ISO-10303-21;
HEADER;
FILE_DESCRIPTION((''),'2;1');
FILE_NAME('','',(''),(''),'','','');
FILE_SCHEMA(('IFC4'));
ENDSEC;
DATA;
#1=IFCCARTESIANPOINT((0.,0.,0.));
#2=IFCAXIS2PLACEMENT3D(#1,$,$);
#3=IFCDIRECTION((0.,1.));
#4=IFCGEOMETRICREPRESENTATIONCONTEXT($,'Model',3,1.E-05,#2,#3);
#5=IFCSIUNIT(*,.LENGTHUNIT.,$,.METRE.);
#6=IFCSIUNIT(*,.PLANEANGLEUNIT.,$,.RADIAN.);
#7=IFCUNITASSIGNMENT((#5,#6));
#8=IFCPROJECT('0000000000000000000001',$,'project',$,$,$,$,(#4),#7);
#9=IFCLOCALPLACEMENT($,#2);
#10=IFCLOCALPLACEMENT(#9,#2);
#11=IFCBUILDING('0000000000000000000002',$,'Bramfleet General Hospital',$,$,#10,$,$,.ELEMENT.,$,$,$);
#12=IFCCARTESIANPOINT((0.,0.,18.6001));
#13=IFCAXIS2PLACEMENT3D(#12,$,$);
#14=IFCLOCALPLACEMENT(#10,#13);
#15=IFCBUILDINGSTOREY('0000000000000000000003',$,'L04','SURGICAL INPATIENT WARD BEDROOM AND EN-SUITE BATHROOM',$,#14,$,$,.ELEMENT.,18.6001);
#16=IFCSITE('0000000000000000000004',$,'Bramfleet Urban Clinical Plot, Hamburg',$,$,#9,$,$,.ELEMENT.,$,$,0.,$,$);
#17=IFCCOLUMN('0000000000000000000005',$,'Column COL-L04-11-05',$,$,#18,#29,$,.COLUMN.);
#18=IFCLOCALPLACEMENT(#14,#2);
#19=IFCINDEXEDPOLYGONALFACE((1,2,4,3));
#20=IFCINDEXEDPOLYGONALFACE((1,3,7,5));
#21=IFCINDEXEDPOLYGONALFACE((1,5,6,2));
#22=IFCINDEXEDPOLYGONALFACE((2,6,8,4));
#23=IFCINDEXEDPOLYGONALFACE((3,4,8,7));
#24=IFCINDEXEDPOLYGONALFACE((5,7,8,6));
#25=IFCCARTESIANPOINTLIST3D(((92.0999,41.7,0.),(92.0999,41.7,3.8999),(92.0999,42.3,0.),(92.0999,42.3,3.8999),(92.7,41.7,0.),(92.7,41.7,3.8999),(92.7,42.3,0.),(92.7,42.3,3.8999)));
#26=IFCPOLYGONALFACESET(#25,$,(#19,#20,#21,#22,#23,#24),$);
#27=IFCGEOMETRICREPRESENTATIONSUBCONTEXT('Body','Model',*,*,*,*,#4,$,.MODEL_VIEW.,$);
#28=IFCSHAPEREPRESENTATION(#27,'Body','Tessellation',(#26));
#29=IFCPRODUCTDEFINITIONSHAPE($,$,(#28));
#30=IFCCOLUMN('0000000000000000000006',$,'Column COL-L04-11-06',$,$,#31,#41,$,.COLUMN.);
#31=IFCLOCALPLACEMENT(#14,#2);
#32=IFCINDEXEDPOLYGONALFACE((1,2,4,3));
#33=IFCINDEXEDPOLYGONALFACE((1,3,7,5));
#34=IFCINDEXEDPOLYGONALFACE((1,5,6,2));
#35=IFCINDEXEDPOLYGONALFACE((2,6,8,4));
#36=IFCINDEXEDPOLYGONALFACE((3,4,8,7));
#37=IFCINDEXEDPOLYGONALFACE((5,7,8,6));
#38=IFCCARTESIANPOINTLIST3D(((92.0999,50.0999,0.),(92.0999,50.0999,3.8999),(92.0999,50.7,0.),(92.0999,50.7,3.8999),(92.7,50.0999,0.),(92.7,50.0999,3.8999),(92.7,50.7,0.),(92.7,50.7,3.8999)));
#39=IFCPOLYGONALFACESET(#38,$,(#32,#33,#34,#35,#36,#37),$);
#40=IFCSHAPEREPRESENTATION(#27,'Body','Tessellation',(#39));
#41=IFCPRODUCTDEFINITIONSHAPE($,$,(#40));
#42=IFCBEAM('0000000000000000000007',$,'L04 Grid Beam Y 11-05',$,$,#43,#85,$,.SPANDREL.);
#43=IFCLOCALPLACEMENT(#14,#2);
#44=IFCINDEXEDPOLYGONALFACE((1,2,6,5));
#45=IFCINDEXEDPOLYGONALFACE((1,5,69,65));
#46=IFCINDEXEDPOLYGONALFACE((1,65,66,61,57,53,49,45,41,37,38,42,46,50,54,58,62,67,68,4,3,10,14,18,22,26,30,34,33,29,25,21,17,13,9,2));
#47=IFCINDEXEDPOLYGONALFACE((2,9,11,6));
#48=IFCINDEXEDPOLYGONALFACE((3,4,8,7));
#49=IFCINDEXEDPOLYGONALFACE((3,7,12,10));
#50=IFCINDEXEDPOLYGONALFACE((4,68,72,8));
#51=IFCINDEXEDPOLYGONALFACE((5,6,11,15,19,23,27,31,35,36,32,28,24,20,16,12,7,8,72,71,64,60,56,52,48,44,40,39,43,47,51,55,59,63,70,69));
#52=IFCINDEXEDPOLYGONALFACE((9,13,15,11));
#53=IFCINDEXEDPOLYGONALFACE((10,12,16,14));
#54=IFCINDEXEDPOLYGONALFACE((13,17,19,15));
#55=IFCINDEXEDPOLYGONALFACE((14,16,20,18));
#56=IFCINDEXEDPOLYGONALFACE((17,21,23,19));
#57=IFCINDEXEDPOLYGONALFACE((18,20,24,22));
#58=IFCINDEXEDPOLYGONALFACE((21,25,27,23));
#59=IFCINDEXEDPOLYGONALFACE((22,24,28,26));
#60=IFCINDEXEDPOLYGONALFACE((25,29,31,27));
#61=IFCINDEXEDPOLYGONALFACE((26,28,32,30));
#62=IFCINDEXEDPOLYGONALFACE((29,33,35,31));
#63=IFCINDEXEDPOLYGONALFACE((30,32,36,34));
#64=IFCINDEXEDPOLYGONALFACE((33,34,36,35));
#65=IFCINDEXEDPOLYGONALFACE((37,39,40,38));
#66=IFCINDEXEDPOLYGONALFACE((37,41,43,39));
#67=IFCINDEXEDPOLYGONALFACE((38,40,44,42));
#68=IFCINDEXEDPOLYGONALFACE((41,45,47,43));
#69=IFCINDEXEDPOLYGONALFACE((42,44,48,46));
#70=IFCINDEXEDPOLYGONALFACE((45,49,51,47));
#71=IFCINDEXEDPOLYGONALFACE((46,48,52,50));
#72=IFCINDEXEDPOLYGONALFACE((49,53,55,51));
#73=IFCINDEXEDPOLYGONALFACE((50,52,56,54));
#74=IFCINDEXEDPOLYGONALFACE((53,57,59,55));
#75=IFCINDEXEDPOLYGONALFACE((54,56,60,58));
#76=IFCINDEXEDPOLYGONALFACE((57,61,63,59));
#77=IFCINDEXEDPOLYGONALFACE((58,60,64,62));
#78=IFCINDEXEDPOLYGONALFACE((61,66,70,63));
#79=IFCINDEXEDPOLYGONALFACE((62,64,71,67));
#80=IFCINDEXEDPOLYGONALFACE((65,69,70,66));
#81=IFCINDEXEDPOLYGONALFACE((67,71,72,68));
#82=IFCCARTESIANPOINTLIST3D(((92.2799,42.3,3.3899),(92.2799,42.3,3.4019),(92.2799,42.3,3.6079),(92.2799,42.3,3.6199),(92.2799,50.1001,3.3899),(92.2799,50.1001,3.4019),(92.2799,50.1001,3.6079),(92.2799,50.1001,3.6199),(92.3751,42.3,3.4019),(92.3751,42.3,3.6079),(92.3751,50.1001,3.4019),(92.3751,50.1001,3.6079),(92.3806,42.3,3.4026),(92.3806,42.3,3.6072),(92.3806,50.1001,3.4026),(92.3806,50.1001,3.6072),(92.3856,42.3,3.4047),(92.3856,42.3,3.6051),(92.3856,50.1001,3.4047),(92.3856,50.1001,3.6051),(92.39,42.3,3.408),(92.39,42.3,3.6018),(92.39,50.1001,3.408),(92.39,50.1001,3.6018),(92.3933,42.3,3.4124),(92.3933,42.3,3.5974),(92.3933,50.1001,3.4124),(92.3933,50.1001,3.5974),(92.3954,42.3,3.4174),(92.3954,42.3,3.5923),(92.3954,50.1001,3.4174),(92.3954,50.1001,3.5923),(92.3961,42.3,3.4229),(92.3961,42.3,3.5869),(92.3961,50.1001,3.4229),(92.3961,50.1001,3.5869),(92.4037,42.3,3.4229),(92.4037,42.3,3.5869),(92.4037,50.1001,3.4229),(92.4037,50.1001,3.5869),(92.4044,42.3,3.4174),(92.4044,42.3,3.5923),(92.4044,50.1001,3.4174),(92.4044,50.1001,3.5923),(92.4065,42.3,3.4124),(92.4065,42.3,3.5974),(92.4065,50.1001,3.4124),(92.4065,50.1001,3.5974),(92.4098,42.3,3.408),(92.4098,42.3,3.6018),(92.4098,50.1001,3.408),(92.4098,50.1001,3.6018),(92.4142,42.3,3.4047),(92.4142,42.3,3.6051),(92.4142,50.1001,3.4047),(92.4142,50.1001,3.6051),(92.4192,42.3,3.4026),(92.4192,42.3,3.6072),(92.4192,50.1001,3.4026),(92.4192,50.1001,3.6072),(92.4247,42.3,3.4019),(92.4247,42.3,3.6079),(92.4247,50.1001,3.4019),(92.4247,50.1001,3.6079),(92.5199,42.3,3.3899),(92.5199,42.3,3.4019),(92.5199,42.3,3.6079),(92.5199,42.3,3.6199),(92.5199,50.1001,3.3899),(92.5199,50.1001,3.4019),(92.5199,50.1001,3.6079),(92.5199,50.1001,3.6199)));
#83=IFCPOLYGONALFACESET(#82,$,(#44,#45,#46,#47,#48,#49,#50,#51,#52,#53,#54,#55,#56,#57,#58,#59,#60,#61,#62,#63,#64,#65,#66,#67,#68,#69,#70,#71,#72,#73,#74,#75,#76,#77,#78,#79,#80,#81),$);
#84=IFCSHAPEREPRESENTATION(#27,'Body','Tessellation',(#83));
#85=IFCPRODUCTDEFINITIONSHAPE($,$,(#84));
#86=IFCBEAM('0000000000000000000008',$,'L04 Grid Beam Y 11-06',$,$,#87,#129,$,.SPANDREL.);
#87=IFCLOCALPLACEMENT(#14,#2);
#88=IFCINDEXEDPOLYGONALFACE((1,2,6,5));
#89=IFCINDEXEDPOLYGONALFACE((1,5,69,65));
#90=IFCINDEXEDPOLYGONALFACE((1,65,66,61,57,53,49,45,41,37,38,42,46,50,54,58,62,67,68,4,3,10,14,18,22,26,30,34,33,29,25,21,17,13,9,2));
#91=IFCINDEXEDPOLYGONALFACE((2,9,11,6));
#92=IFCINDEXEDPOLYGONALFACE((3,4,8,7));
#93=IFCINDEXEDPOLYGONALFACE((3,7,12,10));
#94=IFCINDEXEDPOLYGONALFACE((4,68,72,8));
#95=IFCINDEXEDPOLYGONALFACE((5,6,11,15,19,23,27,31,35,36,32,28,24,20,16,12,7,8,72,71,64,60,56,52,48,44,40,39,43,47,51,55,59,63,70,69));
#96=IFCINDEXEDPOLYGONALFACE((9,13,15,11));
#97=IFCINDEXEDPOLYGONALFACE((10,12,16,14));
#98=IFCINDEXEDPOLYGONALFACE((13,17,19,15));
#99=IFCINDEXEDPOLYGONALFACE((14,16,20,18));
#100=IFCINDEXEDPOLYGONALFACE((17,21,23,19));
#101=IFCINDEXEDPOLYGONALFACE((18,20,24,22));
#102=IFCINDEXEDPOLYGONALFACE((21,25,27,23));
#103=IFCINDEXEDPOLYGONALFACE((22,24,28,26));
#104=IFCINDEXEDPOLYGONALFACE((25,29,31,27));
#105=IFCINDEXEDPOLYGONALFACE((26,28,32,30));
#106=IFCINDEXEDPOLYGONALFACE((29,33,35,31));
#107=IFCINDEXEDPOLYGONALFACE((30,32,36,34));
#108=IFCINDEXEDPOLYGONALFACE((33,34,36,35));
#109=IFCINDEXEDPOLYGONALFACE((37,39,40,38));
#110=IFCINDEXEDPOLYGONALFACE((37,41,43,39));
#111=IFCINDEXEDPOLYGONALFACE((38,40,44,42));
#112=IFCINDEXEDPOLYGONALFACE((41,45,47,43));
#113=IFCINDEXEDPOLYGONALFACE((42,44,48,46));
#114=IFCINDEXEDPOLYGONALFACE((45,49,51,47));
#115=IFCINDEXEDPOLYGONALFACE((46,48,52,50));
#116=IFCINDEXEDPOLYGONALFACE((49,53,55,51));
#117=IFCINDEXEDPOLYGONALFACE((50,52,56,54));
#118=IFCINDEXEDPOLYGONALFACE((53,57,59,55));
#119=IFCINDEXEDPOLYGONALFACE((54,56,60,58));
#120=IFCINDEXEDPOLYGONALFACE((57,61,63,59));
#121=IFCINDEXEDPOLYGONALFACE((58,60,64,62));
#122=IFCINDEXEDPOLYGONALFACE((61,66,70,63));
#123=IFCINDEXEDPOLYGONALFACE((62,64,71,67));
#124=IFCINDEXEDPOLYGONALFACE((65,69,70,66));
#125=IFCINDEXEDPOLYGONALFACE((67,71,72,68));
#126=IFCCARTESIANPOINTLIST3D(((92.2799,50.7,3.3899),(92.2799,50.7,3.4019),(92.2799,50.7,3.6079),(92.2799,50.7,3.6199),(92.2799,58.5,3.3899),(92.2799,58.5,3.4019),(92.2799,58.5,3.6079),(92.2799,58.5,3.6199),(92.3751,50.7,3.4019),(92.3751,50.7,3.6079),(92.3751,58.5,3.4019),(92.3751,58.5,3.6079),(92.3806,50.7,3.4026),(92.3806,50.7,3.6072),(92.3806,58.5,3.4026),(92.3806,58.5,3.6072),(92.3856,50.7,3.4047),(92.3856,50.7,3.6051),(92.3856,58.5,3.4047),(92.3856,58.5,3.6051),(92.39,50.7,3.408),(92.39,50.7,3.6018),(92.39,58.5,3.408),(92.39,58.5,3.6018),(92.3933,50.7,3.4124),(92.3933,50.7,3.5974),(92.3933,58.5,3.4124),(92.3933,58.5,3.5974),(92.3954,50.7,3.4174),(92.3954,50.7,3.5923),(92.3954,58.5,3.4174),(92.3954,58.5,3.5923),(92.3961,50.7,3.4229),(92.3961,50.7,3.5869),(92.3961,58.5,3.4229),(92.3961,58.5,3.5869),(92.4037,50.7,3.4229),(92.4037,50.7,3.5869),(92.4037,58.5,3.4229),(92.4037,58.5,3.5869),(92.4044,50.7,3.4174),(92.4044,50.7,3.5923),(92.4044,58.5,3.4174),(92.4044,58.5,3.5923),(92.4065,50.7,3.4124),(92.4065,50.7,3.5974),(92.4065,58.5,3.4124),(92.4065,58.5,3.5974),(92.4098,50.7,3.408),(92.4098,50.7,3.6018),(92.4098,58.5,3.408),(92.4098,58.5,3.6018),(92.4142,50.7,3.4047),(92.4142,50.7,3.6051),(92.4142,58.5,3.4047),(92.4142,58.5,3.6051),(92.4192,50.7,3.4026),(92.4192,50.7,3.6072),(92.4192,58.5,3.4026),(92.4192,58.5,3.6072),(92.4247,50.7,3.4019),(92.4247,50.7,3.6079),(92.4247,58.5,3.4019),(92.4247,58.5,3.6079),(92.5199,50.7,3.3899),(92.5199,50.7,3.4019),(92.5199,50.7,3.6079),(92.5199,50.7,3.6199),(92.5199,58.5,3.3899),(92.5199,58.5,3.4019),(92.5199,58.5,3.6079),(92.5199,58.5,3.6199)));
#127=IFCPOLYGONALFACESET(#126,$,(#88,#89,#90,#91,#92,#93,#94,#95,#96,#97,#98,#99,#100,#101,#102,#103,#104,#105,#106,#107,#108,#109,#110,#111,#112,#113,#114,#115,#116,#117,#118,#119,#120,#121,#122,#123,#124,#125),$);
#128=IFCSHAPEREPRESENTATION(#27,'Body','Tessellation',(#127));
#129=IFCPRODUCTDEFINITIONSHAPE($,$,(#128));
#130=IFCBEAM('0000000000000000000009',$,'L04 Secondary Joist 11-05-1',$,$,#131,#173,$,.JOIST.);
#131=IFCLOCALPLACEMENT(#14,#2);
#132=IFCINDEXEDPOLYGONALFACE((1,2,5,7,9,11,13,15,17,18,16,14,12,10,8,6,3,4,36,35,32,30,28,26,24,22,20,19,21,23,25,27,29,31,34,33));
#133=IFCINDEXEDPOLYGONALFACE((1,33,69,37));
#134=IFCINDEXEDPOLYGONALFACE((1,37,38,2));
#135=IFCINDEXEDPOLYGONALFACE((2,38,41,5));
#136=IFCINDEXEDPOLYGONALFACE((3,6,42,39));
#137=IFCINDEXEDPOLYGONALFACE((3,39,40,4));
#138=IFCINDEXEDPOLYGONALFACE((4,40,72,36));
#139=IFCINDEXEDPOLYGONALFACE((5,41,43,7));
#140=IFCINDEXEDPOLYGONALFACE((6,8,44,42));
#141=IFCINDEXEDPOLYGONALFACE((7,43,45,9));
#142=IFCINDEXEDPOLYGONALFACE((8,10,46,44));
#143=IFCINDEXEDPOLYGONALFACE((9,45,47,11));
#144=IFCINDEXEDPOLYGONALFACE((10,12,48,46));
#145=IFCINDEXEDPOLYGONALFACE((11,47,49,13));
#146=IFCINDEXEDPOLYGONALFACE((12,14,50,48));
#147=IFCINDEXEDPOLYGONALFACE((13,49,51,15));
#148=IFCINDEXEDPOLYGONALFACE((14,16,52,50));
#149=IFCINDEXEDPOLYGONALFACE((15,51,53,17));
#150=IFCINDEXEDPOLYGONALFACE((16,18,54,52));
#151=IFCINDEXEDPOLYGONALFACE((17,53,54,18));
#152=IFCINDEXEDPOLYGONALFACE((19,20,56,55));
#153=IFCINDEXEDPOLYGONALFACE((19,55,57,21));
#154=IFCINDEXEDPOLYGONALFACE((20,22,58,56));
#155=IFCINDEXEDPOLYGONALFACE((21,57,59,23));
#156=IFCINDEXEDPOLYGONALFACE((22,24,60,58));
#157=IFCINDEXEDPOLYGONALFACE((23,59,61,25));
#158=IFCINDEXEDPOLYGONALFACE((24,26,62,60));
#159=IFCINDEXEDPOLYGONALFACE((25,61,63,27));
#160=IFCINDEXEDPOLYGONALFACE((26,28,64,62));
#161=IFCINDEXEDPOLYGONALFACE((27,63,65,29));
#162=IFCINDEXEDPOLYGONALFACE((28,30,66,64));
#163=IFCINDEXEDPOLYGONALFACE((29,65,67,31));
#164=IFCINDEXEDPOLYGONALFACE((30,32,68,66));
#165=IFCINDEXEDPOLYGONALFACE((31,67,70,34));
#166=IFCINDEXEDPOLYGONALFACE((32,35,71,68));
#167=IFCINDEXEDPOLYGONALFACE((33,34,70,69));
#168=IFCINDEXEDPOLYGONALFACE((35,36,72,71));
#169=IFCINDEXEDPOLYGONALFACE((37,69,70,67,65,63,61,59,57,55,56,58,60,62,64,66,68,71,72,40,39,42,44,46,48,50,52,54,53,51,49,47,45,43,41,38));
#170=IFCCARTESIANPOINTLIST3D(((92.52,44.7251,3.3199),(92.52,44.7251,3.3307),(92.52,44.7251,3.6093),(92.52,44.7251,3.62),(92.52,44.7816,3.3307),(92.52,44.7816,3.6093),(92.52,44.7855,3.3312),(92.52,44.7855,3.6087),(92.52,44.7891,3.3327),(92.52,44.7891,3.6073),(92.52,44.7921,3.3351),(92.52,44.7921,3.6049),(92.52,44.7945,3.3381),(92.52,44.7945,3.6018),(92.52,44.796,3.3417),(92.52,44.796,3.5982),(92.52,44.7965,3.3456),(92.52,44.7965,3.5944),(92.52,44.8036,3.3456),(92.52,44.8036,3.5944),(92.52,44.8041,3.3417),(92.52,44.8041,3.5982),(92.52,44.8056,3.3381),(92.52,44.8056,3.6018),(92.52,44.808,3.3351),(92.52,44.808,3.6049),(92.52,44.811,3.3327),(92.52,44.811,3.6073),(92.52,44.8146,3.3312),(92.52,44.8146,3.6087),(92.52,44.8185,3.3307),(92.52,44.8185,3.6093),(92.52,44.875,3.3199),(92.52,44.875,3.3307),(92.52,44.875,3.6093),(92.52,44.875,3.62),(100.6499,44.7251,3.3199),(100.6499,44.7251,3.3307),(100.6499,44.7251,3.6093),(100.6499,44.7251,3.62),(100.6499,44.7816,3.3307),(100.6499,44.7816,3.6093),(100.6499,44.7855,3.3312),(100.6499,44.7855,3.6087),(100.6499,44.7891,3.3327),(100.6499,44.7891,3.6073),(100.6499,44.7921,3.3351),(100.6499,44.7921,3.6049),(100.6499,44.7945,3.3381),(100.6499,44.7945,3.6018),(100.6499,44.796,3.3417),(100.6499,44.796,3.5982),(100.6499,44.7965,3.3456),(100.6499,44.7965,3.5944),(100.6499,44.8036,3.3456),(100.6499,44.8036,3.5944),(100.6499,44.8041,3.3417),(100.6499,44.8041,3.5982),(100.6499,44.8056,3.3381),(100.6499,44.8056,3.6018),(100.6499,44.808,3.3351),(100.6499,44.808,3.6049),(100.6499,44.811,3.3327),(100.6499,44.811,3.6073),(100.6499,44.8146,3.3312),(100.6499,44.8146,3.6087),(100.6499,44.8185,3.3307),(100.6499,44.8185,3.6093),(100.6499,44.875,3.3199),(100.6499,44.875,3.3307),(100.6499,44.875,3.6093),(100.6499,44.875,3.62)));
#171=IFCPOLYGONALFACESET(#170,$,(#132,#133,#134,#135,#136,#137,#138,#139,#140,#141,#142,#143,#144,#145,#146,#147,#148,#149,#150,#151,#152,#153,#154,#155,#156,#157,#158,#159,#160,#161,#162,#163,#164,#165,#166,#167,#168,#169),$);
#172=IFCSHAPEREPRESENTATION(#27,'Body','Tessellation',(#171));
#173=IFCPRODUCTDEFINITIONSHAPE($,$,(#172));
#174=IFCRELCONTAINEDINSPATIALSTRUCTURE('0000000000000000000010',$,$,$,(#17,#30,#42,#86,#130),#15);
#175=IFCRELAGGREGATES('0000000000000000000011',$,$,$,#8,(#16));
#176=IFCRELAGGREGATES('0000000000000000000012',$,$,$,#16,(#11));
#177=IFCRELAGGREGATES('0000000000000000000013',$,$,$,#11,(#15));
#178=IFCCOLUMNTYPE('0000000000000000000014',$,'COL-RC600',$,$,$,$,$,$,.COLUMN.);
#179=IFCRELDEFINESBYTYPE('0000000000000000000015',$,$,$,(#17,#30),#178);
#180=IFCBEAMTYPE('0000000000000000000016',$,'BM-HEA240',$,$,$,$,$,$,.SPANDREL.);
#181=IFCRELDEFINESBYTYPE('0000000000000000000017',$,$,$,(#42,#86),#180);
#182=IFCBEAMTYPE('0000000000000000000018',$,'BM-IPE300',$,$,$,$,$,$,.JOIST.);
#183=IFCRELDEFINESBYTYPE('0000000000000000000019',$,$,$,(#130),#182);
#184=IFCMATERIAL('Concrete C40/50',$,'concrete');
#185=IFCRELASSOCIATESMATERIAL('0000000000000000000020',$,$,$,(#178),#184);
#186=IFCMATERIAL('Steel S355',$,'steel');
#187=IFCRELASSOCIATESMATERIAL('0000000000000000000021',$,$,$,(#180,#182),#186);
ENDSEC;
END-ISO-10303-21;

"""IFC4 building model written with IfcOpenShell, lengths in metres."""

from ifc_helpers import new_model, si_unit, direction, frame, origin, origin_2d, place, context, subcontext, project, spatial, rectangle, i_section, extrude, material, material_profile, profile_set, type_object, element, save


model = new_model("IFC4")

# Units and contexts
model_context = context("Model", 3, precision=1e-05, world=origin(), true_north=direction((0.0, 1.0)))
body_context = subcontext(model_context, "Body", "Model", "MODEL_VIEW")
ifc_project = project(units=[si_unit("LENGTHUNIT", "METRE"), si_unit("PLANEANGLEUNIT", "RADIAN")], contexts=[model_context])

# Site, building, storey
site_placement = place(None, origin())
site = spatial("IfcSite", under=ifc_project, at=site_placement, Name="Bramfleet Urban Clinical Plot, Hamburg", CompositionType="ELEMENT", RefElevation=0.0)
building_placement = place(site_placement, origin())
building = spatial("IfcBuilding", under=site, at=building_placement, Name="Bramfleet General Hospital", CompositionType="ELEMENT")
storey_placement = place(building_placement, frame((0.0, 0.0, 18.6001)))
storey = spatial("IfcBuildingStorey", under=building, at=storey_placement, Name="L04", Description="SURGICAL INPATIENT WARD BEDROOM AND EN-SUITE BATHROOM", CompositionType="ELEMENT", Elevation=18.6001)

# Columns
ifc_material_1 = material(Name="Concrete C40/50", Category="concrete")
ifc_material_profile_1 = material_profile(ifc_material_1, rectangle(XDim=0.6001, YDim=0.6001, at=origin_2d()), Name="RC COL 600x600")
ifc_profile_set_1 = profile_set([ifc_material_profile_1], Name="Concrete C40/50")
column_type = type_object("IfcColumnType", Name="COL-RC600", PredefinedType="COLUMN", material=ifc_profile_set_1)
for number, where, z_axis, x_axis, name in (
    (1, (92.3999, 42.0, 0.0), (0.0, 0.0, 1.0), (1.0, 0.0, 0.0), "Column COL-L04-11-05"),
    (2, (92.3999, 50.3999, 0.0), (0.0, 0.0, 1.0), (1.0, 0.0, 0.0), "Column COL-L04-11-06"),
):
    element("IfcColumn", number, at=place(storey_placement, frame(where, z_axis=z_axis, x_axis=x_axis)), inside=storey, type_object=column_type, Name=name, PredefinedType="COLUMN", context=body_context, shape_type="SweptSolid", body=[
        extrude(rectangle(XDim=0.6001, YDim=0.6001, at=origin_2d()), origin(), (0.0, 0.0, 1.0), 3.8999),
    ])

# Beams
ifc_material_2 = material(Name="Steel S355", Category="steel")
ifc_material_profile_2 = material_profile(ifc_material_2, i_section(OverallWidth=0.24, OverallDepth=0.23, WebThickness=0.0076, FlangeThickness=0.012, FilletRadius=0.021, at=origin_2d()), Name="HEA 240")
ifc_profile_set_2 = profile_set([ifc_material_profile_2], Name="Steel S355")
beam_type_1 = type_object("IfcBeamType", Name="BM-HEA240", PredefinedType="SPANDREL", material=ifc_profile_set_2)
for number, where, z_axis, x_axis, name in (
    (3, (92.3999, 42.3, 3.5049), (0.0, 1.0, 0.0), (-1.0, 0.0, 0.0), "L04 Grid Beam Y 11-05"),
    (4, (92.3999, 50.7, 3.5049), (0.0, 1.0, 0.0), (-1.0, 0.0, 0.0), "L04 Grid Beam Y 11-06"),
):
    element("IfcBeam", number, at=place(storey_placement, frame(where, z_axis=z_axis, x_axis=x_axis)), inside=storey, type_object=beam_type_1, Name=name, PredefinedType="SPANDREL", context=body_context, shape_type="SweptSolid", body=[
        extrude(i_section(OverallWidth=0.24, OverallDepth=0.23, WebThickness=0.0076, FlangeThickness=0.012, FilletRadius=0.021, at=origin_2d()), origin(), (0.0, 0.0, 1.0), 7.8),
    ])
ifc_material_profile_3 = material_profile(ifc_material_2, i_section(OverallWidth=0.1499, OverallDepth=0.3, WebThickness=0.0071, FlangeThickness=0.0107, FilletRadius=0.0149, at=origin_2d()), Name="IPE 300")
ifc_profile_set_3 = profile_set([ifc_material_profile_3], Name="Steel S355")
beam_type_2 = type_object("IfcBeamType", Name="BM-IPE300", PredefinedType="JOIST", material=ifc_profile_set_3)
for number, where, z_axis, x_axis, name in (
    (5, (92.52, 44.8, 3.47), (1.0, 0.0, 0.0), (0.0, 1.0, 0.0), "L04 Secondary Joist 11-05-1"),
):
    element("IfcBeam", number, at=place(storey_placement, frame(where, z_axis=z_axis, x_axis=x_axis)), inside=storey, type_object=beam_type_2, Name=name, PredefinedType="JOIST", context=body_context, shape_type="SweptSolid", body=[
        extrude(i_section(OverallWidth=0.1499, OverallDepth=0.3, WebThickness=0.0071, FlangeThickness=0.0107, FilletRadius=0.0149, at=origin_2d()), origin(), (0.0, 0.0, 1.0), 8.1299),
    ])

save(model, "model.ifc")
